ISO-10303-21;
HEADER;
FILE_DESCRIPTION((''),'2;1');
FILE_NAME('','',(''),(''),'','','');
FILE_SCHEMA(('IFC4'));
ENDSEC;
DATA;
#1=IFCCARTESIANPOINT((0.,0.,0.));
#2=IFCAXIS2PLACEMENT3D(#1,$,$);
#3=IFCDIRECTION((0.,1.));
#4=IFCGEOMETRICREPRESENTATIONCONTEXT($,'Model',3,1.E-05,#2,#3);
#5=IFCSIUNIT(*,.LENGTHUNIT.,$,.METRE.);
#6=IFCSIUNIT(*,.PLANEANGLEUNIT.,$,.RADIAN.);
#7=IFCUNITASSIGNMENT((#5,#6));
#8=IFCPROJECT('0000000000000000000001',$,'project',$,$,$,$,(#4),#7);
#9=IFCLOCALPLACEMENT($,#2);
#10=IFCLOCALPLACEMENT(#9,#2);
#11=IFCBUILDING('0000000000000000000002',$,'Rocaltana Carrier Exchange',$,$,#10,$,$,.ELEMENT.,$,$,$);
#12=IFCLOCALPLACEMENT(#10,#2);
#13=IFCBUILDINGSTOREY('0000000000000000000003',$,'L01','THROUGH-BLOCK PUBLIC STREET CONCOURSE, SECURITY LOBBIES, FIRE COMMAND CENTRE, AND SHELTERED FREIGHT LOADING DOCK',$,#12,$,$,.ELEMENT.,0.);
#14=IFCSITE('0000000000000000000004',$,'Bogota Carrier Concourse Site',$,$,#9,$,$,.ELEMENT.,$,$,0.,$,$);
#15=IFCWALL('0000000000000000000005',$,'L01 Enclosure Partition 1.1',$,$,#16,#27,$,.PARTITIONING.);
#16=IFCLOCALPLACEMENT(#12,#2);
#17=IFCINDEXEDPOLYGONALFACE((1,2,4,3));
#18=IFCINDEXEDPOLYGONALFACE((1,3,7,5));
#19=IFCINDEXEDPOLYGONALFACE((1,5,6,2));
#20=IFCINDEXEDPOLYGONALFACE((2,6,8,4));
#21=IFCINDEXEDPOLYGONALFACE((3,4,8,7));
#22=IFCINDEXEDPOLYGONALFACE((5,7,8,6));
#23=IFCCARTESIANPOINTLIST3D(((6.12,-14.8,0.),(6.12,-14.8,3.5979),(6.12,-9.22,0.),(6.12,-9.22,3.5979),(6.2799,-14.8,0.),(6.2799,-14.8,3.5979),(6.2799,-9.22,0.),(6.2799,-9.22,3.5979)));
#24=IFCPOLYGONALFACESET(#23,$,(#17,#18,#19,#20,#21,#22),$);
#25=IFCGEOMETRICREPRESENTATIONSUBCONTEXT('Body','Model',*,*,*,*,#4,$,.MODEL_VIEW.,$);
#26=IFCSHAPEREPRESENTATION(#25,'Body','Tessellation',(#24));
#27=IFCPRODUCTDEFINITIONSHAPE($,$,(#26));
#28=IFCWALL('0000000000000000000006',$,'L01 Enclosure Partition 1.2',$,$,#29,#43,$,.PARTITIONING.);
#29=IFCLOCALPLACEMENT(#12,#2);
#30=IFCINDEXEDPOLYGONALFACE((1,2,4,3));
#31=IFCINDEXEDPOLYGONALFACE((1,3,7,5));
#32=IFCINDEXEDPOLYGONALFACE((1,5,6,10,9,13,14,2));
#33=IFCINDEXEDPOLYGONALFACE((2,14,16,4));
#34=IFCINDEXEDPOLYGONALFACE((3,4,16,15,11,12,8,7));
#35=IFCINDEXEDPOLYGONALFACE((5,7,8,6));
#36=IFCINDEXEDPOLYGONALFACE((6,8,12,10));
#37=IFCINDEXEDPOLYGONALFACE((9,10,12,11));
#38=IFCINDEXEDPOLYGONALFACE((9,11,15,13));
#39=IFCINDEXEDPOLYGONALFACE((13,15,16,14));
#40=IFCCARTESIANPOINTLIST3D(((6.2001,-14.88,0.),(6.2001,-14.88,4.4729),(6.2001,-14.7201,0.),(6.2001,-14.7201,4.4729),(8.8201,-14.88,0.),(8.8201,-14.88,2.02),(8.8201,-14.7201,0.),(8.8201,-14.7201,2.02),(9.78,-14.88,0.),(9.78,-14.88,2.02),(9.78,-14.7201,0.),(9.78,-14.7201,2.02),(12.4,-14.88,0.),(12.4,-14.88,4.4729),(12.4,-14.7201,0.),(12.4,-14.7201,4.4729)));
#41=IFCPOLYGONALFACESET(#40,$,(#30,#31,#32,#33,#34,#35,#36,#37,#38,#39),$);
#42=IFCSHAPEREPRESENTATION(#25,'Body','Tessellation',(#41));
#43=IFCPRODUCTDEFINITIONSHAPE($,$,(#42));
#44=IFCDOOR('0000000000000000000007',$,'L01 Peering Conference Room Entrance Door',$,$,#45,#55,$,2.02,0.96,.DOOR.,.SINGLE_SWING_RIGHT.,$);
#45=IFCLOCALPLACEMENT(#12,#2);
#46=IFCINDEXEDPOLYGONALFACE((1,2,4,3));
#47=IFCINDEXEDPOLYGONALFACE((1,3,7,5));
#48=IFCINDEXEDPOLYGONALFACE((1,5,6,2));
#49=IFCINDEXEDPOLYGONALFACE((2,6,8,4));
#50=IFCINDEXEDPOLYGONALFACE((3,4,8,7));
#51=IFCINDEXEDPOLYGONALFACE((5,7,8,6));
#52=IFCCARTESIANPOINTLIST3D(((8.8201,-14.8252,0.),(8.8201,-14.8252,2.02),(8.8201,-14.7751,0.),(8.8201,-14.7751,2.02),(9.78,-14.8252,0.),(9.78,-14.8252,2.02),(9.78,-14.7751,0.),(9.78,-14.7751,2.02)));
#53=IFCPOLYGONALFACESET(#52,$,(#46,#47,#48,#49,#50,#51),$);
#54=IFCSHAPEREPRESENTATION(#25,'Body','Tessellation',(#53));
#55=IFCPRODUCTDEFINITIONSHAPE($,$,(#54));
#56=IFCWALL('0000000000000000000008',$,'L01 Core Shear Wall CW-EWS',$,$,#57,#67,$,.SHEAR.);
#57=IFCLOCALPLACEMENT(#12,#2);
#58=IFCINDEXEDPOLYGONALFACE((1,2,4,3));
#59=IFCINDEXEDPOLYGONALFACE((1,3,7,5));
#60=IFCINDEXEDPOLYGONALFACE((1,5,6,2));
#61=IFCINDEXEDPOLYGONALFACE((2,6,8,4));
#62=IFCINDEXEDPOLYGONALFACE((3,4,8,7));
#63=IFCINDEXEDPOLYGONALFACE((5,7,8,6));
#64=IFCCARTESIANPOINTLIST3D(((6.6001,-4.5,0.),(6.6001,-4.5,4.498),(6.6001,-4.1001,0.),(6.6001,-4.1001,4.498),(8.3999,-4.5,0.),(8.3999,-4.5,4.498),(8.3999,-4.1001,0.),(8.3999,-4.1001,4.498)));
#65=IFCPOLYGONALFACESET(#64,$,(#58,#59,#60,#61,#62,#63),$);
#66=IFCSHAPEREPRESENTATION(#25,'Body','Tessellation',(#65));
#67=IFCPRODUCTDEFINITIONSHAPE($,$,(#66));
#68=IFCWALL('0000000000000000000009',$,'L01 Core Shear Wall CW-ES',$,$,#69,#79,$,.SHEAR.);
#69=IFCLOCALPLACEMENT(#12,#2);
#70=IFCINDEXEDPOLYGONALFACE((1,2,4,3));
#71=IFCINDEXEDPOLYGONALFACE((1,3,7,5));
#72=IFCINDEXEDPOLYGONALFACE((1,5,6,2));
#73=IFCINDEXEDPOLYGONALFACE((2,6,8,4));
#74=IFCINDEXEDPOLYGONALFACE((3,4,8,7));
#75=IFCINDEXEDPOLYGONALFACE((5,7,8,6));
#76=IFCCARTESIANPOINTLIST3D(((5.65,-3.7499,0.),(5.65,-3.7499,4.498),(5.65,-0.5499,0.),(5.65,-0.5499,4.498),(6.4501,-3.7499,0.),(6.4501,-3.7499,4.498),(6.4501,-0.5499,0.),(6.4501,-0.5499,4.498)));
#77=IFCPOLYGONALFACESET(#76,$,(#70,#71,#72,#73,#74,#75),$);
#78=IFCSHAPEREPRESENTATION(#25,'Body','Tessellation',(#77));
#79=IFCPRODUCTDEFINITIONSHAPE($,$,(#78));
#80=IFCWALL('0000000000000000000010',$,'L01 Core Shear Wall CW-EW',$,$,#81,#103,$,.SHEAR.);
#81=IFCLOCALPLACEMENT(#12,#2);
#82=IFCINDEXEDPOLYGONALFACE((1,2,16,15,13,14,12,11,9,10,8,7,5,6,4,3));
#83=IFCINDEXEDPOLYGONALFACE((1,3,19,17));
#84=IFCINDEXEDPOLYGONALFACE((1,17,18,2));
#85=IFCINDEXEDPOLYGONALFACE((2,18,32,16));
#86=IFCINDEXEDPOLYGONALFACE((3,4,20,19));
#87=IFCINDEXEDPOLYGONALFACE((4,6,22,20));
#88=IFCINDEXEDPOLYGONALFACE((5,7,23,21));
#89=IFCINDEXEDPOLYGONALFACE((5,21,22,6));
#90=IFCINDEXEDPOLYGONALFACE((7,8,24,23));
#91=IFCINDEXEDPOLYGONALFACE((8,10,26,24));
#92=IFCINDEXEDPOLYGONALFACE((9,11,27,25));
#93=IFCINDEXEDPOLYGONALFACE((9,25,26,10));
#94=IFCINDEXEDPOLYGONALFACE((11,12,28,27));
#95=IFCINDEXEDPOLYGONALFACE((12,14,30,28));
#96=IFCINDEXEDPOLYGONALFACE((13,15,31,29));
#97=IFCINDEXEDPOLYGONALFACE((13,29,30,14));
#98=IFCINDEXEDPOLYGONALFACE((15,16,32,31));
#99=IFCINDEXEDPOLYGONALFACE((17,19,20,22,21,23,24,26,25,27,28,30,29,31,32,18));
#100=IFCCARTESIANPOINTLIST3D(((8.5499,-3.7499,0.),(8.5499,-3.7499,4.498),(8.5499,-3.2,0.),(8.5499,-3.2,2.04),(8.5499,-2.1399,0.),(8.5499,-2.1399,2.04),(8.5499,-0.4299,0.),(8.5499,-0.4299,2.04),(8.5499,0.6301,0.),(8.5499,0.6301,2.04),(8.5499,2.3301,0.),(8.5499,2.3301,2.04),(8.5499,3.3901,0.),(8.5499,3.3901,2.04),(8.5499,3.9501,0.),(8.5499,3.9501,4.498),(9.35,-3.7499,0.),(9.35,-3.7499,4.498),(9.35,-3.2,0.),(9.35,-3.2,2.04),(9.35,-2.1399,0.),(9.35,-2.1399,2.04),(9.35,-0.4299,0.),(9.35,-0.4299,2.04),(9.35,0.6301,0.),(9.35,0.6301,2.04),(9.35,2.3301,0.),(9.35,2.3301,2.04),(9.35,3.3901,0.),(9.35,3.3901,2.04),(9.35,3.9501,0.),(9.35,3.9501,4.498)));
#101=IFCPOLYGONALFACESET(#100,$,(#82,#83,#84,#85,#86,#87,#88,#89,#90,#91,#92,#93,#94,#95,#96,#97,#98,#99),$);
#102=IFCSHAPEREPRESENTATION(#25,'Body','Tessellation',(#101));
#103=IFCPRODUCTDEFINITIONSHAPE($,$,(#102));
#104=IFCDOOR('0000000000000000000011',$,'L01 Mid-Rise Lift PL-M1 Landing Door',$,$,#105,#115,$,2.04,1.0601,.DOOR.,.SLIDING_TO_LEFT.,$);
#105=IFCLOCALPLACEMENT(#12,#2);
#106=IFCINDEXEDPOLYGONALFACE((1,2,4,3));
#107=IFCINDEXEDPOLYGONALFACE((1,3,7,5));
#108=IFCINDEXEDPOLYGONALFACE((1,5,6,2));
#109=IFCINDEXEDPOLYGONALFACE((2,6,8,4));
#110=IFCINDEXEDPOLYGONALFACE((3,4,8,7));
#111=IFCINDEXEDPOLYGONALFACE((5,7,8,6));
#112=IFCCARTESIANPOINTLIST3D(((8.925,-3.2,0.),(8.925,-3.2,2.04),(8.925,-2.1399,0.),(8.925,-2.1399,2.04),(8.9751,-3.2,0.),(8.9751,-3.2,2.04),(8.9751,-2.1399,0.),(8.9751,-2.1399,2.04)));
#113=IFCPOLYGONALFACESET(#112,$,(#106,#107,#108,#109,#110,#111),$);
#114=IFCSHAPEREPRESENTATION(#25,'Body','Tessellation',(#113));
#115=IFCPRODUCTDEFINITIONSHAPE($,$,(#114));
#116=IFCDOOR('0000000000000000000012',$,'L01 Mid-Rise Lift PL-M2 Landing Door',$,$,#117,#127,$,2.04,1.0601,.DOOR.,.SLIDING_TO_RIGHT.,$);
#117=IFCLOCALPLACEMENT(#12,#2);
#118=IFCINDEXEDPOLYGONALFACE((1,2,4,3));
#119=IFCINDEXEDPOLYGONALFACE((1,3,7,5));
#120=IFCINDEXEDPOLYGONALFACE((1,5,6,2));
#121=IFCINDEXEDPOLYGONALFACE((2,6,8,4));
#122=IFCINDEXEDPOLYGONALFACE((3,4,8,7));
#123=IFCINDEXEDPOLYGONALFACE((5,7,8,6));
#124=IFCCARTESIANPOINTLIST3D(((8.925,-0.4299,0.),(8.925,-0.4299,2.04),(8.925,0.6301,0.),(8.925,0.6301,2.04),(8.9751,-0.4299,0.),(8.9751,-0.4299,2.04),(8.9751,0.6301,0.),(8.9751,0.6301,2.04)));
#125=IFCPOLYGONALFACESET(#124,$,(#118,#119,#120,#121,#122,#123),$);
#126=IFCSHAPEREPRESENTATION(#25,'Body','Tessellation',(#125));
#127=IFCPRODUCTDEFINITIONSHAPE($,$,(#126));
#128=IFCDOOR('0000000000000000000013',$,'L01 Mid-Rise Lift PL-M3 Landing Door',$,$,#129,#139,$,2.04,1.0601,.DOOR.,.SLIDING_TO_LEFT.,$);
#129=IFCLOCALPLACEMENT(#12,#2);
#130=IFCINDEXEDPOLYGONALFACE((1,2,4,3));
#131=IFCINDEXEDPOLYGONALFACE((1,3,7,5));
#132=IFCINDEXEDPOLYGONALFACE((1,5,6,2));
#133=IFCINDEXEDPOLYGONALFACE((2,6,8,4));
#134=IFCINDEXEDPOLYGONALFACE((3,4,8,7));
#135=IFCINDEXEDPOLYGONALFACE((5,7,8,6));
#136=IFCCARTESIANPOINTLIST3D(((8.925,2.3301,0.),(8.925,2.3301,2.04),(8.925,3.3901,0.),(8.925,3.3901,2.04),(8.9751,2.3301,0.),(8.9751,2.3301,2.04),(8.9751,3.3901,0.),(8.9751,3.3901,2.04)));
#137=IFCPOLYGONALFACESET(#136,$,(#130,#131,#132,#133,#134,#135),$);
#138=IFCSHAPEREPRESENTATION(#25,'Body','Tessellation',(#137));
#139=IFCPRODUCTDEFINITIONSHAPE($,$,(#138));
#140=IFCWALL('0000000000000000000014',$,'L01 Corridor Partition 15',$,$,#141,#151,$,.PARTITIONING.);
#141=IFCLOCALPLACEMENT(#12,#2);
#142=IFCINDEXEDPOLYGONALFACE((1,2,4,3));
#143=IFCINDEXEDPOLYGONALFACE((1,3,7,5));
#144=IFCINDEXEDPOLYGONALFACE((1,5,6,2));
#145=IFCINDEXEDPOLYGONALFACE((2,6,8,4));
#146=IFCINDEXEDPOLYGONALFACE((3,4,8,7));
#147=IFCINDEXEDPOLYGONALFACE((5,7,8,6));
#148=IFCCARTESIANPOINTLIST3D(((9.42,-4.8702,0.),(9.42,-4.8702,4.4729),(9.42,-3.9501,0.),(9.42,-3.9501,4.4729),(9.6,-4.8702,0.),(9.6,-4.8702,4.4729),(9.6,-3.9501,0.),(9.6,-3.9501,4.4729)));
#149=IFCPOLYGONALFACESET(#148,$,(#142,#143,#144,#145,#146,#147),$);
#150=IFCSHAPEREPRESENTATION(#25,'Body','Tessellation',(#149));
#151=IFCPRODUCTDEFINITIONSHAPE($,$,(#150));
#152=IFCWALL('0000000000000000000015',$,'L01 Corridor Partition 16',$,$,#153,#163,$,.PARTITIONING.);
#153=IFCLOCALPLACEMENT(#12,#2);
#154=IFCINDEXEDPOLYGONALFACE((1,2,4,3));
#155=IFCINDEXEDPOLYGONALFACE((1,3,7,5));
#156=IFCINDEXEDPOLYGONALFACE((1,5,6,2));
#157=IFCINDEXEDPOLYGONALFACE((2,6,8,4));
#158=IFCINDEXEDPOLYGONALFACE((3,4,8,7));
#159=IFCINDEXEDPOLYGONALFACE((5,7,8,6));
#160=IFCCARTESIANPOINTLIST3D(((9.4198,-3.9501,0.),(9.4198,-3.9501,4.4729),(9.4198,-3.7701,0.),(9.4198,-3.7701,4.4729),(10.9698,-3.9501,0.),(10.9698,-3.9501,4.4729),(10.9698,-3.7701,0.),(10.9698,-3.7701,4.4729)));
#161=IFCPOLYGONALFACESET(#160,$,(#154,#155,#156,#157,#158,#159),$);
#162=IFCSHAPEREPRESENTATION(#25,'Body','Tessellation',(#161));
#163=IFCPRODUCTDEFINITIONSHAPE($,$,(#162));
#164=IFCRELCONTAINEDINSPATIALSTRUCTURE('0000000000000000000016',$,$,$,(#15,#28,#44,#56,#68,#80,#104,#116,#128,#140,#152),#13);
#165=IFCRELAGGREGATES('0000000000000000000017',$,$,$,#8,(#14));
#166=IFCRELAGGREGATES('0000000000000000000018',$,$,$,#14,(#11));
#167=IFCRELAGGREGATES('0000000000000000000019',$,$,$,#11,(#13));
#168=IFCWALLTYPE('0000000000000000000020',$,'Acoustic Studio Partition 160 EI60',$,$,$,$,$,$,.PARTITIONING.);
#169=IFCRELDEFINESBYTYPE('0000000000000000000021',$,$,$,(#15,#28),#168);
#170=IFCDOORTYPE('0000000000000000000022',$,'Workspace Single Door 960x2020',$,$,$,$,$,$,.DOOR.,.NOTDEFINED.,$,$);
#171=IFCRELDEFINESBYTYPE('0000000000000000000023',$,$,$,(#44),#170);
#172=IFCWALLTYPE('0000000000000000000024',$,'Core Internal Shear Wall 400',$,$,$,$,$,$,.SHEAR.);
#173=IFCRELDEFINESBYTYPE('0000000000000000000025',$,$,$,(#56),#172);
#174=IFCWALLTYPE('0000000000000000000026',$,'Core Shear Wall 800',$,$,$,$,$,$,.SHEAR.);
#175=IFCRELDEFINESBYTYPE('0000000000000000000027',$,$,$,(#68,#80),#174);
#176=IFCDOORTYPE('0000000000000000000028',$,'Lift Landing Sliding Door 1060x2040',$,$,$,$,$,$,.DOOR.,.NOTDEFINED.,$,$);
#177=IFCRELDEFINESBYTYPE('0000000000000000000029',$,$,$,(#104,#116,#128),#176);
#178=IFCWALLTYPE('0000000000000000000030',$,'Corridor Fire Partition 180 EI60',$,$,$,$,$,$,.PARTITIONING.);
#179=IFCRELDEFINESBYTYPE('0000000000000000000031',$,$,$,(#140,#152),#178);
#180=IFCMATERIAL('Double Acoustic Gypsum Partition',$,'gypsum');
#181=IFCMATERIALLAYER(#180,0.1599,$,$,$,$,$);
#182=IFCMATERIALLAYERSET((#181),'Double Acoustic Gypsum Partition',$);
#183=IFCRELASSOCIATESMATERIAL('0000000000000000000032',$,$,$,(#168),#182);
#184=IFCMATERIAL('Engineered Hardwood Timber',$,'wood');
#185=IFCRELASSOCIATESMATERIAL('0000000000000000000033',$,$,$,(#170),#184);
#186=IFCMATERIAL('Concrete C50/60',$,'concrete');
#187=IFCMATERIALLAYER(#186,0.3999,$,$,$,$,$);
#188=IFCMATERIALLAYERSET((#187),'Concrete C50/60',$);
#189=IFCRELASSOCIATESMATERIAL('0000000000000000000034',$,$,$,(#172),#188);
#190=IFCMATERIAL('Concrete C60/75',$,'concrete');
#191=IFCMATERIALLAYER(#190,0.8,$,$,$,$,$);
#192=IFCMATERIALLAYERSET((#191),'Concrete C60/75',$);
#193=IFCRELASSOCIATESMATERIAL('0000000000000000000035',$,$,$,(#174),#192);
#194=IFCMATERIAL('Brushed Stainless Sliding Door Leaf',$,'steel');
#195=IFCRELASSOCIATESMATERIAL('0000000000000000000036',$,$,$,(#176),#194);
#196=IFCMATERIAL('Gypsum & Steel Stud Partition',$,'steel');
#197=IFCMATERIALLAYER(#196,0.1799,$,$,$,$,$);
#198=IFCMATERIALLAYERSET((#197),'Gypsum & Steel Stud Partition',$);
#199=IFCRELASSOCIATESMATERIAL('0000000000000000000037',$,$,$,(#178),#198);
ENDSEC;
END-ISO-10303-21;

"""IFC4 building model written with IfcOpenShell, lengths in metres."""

from ifc_helpers import new_model, si_unit, direction, frame, frame_2d, origin, place, context, subcontext, project, spatial, rectangle, extrude, material, layer, layer_set, type_object, element, fill, save


model = new_model("IFC4")

# Units and contexts
model_context = context("Model", 3, precision=1e-05, world=origin(), true_north=direction((0.0, 1.0)))
body_context = subcontext(model_context, "Body", "Model", "MODEL_VIEW")
ifc_project = project(units=[si_unit("LENGTHUNIT", "METRE"), si_unit("PLANEANGLEUNIT", "RADIAN")], contexts=[model_context])

# Site, building, storey
site_placement = place(None, origin())
site = spatial("IfcSite", under=ifc_project, at=site_placement, Name="Bogota Carrier Concourse Site", CompositionType="ELEMENT", RefElevation=0.0)
building_placement = place(site_placement, origin())
building = spatial("IfcBuilding", under=site, at=building_placement, Name="Rocaltana Carrier Exchange", CompositionType="ELEMENT")
storey_placement = place(building_placement, origin())
storey = spatial("IfcBuildingStorey", under=building, at=storey_placement, Name="L01", Description="THROUGH-BLOCK PUBLIC STREET CONCOURSE, SECURITY LOBBIES, FIRE COMMAND CENTRE, AND SHELTERED FREIGHT LOADING DOCK", CompositionType="ELEMENT", Elevation=0.0)

# Wall
ifc_material_1 = material(Name="Double Acoustic Gypsum Partition", Category="gypsum")
ifc_layer_1 = layer(ifc_material_1, 0.1599)
ifc_layer_set_1 = layer_set([ifc_layer_1], Name="Double Acoustic Gypsum Partition")
wall_type_1 = type_object("IfcWallType", Name="Acoustic Studio Partition 160 EI60", PredefinedType="PARTITIONING", material=ifc_layer_set_1)
wall_1_placement = place(storey_placement, frame((6.2, -9.22, 0.0), z_axis=(0.0, 0.0, 1.0), x_axis=(0.0, -1.0, 0.0)))
element("IfcWall", 1, at=wall_1_placement, inside=storey, type_object=wall_type_1, Name="L01 Enclosure Partition 1.1", PredefinedType="PARTITIONING", context=body_context, shape_type="SweptSolid", body=[
    extrude(rectangle(XDim=5.5801, YDim=0.1599, at=frame_2d((2.79, 0.0))), origin(), (0.0, 0.0, 1.0), 3.5979),
])

# Wall, opening, door
wall_2_placement = place(storey_placement, frame((6.2, -14.8, 0.0), z_axis=(0.0, 0.0, 1.0), x_axis=(1.0, 0.0, 0.0)))
wall_2 = element("IfcWall", 2, at=wall_2_placement, inside=storey, type_object=wall_type_1, Name="L01 Enclosure Partition 1.2", PredefinedType="PARTITIONING", context=body_context, shape_type="SweptSolid", body=[
    extrude(rectangle(XDim=6.2, YDim=0.1599, at=frame_2d((3.1001, 0.0))), origin(), (0.0, 0.0, 1.0), 4.4729),
])
opening_1_placement = place(wall_2_placement, frame((2.6201, 0.0, 0.0)))
opening_1 = element("IfcOpeningElement", 3, at=opening_1_placement, cuts=wall_2, PredefinedType="OPENING", context=body_context, shape_type="SweptSolid", body=[
    extrude(rectangle(XDim=0.96, YDim=2.02, at=frame_2d((0.48, 1.01))), frame((0.0, 0.0898, 0.0), z_axis=(0.0, -1.0, 0.0), x_axis=(1.0, 0.0, 0.0)), (0.0, 0.0, 1.0), 0.1799),
])
ifc_material_2 = material(Name="Engineered Hardwood Timber", Category="wood")
door_type_1 = type_object("IfcDoorType", Name="Workspace Single Door 960x2020", OperationType="NOTDEFINED", PredefinedType="DOOR", material=ifc_material_2)
door_1_placement = place(opening_1_placement, origin())
door_1 = element("IfcDoor", 4, at=door_1_placement, inside=storey, type_object=door_type_1, Name="L01 Peering Conference Room Entrance Door", OperationType="SINGLE_SWING_RIGHT", OverallHeight=2.02, OverallWidth=0.96, PredefinedType="DOOR", context=body_context, shape_type="SweptSolid", body=[
    extrude(rectangle(XDim=0.96, YDim=2.02, at=frame_2d((0.48, 1.01))), frame((0.0, 0.0249, 0.0), z_axis=(0.0, -1.0, 0.0), x_axis=(1.0, 0.0, 0.0)), (0.0, 0.0, 1.0), 0.05),
])
fill(opening_1, door_1)

# Walls
ifc_material_3 = material(Name="Concrete C50/60", Category="concrete")
ifc_layer_2 = layer(ifc_material_3, 0.3999)
ifc_layer_set_2 = layer_set([ifc_layer_2], Name="Concrete C50/60")
wall_type_2 = type_object("IfcWallType", Name="Core Internal Shear Wall 400", PredefinedType="SHEAR", material=ifc_layer_set_2)
wall_3_placement = place(storey_placement, frame((6.6001, -4.3, 0.0), z_axis=(0.0, 0.0, 1.0), x_axis=(1.0, 0.0, 0.0)))
element("IfcWall", 5, at=wall_3_placement, inside=storey, type_object=wall_type_2, Name="L01 Core Shear Wall CW-EWS", PredefinedType="SHEAR", context=body_context, shape_type="SweptSolid", body=[
    extrude(rectangle(XDim=1.7998, YDim=0.3999, at=frame_2d((0.8999, 0.0))), origin(), (0.0, 0.0, 1.0), 4.498),
])
ifc_material_4 = material(Name="Concrete C60/75", Category="concrete")
ifc_layer_3 = layer(ifc_material_4, 0.8)
ifc_layer_set_3 = layer_set([ifc_layer_3], Name="Concrete C60/75")
wall_type_3 = type_object("IfcWallType", Name="Core Shear Wall 800", PredefinedType="SHEAR", material=ifc_layer_set_3)
wall_4_placement = place(storey_placement, frame((6.05, -3.75, 0.0), z_axis=(0.0, 0.0, 1.0), x_axis=(0.0, 1.0, 0.0)))
element("IfcWall", 6, at=wall_4_placement, inside=storey, type_object=wall_type_3, Name="L01 Core Shear Wall CW-ES", PredefinedType="SHEAR", context=body_context, shape_type="SweptSolid", body=[
    extrude(rectangle(XDim=3.2, YDim=0.8, at=frame_2d((1.6001, 0.0))), origin(), (0.0, 0.0, 1.0), 4.498),
])

# Wall, openings, doors
wall_5_placement = place(storey_placement, frame((8.95, -3.75, 0.0), z_axis=(0.0, 0.0, 1.0), x_axis=(0.0, 1.0, 0.0)))
wall_5 = element("IfcWall", 7, at=wall_5_placement, inside=storey, type_object=wall_type_3, Name="L01 Core Shear Wall CW-EW", PredefinedType="SHEAR", context=body_context, shape_type="SweptSolid", body=[
    extrude(rectangle(XDim=7.7, YDim=0.8, at=frame_2d((3.8501, 0.0))), origin(), (0.0, 0.0, 1.0), 4.498),
])
opening_2_placement = place(wall_5_placement, frame((0.55, 0.0, 0.0)))
opening_2 = element("IfcOpeningElement", 8, at=opening_2_placement, cuts=wall_5, PredefinedType="OPENING", context=body_context, shape_type="SweptSolid", body=[
    extrude(rectangle(XDim=1.0601, YDim=2.04, at=frame_2d((0.53, 1.02))), frame((0.0, 0.4099, 0.0), z_axis=(0.0, -1.0, 0.0), x_axis=(1.0, 0.0, 0.0)), (0.0, 0.0, 1.0), 0.8201),
])
opening_3_placement = place(wall_5_placement, frame((3.3201, 0.0, 0.0)))
opening_3 = element("IfcOpeningElement", 9, at=opening_3_placement, cuts=wall_5, PredefinedType="OPENING", context=body_context, shape_type="SweptSolid", body=[
    extrude(rectangle(XDim=1.0601, YDim=2.04, at=frame_2d((0.53, 1.02))), frame((0.0, 0.4099, 0.0), z_axis=(0.0, -1.0, 0.0), x_axis=(1.0, 0.0, 0.0)), (0.0, 0.0, 1.0), 0.8201),
])
opening_4_placement = place(wall_5_placement, frame((6.0801, 0.0, 0.0)))
opening_4 = element("IfcOpeningElement", 10, at=opening_4_placement, cuts=wall_5, PredefinedType="OPENING", context=body_context, shape_type="SweptSolid", body=[
    extrude(rectangle(XDim=1.0601, YDim=2.04, at=frame_2d((0.53, 1.02))), frame((0.0, 0.4099, 0.0), z_axis=(0.0, -1.0, 0.0), x_axis=(1.0, 0.0, 0.0)), (0.0, 0.0, 1.0), 0.8201),
])
ifc_material_5 = material(Name="Brushed Stainless Sliding Door Leaf", Category="steel")
door_type_2 = type_object("IfcDoorType", Name="Lift Landing Sliding Door 1060x2040", OperationType="NOTDEFINED", PredefinedType="DOOR", material=ifc_material_5)
door_2_placement = place(opening_2_placement, origin())
door_2 = element("IfcDoor", 11, at=door_2_placement, inside=storey, type_object=door_type_2, Name="L01 Mid-Rise Lift PL-M1 Landing Door", OperationType="SLIDING_TO_LEFT", OverallHeight=2.04, OverallWidth=1.0601, PredefinedType="DOOR", context=body_context, shape_type="SweptSolid", body=[
    extrude(rectangle(XDim=1.0601, YDim=2.04, at=frame_2d((0.53, 1.02))), frame((0.0, 0.0249, 0.0), z_axis=(0.0, -1.0, 0.0), x_axis=(1.0, 0.0, 0.0)), (0.0, 0.0, 1.0), 0.05),
])
fill(opening_2, door_2)
door_3_placement = place(opening_3_placement, origin())
door_3 = element("IfcDoor", 12, at=door_3_placement, inside=storey, type_object=door_type_2, Name="L01 Mid-Rise Lift PL-M2 Landing Door", OperationType="SLIDING_TO_RIGHT", OverallHeight=2.04, OverallWidth=1.0601, PredefinedType="DOOR", context=body_context, shape_type="SweptSolid", body=[
    extrude(rectangle(XDim=1.0601, YDim=2.04, at=frame_2d((0.53, 1.02))), frame((0.0, 0.0249, 0.0), z_axis=(0.0, -1.0, 0.0), x_axis=(1.0, 0.0, 0.0)), (0.0, 0.0, 1.0), 0.05),
])
fill(opening_3, door_3)
door_4_placement = place(opening_4_placement, origin())
door_4 = element("IfcDoor", 13, at=door_4_placement, inside=storey, type_object=door_type_2, Name="L01 Mid-Rise Lift PL-M3 Landing Door", OperationType="SLIDING_TO_LEFT", OverallHeight=2.04, OverallWidth=1.0601, PredefinedType="DOOR", context=body_context, shape_type="SweptSolid", body=[
    extrude(rectangle(XDim=1.0601, YDim=2.04, at=frame_2d((0.53, 1.02))), frame((0.0, 0.0249, 0.0), z_axis=(0.0, -1.0, 0.0), x_axis=(1.0, 0.0, 0.0)), (0.0, 0.0, 1.0), 0.05),
])
fill(opening_4, door_4)

# Walls
ifc_material_6 = material(Name="Gypsum & Steel Stud Partition", Category="steel")
ifc_layer_4 = layer(ifc_material_6, 0.1799)
ifc_layer_set_4 = layer_set([ifc_layer_4], Name="Gypsum & Steel Stud Partition")
wall_type_4 = type_object("IfcWallType", Name="Corridor Fire Partition 180 EI60", PredefinedType="PARTITIONING", material=ifc_layer_set_4)
wall_6_placement = place(storey_placement, frame((9.51, -4.8701, 0.0), z_axis=(0.0, 0.0, 1.0), x_axis=(0.0, 1.0, 0.0)))
element("IfcWall", 14, at=wall_6_placement, inside=storey, type_object=wall_type_4, Name="L01 Corridor Partition 15", PredefinedType="PARTITIONING", context=body_context, shape_type="SweptSolid", body=[
    extrude(rectangle(XDim=0.9202, YDim=0.1799, at=frame_2d((0.46, 0.0))), origin(), (0.0, 0.0, 1.0), 4.4729),
])
wall_7_placement = place(storey_placement, frame((9.4199, -3.8601, 0.0), z_axis=(0.0, 0.0, 1.0), x_axis=(1.0, 0.0, 0.0)))
element("IfcWall", 15, at=wall_7_placement, inside=storey, type_object=wall_type_4, Name="L01 Corridor Partition 16", PredefinedType="PARTITIONING", context=body_context, shape_type="SweptSolid", body=[
    extrude(rectangle(XDim=1.55, YDim=0.1799, at=frame_2d((0.7749, 0.0))), origin(), (0.0, 0.0, 1.0), 4.4729),
])

save(model, "model.ifc")
